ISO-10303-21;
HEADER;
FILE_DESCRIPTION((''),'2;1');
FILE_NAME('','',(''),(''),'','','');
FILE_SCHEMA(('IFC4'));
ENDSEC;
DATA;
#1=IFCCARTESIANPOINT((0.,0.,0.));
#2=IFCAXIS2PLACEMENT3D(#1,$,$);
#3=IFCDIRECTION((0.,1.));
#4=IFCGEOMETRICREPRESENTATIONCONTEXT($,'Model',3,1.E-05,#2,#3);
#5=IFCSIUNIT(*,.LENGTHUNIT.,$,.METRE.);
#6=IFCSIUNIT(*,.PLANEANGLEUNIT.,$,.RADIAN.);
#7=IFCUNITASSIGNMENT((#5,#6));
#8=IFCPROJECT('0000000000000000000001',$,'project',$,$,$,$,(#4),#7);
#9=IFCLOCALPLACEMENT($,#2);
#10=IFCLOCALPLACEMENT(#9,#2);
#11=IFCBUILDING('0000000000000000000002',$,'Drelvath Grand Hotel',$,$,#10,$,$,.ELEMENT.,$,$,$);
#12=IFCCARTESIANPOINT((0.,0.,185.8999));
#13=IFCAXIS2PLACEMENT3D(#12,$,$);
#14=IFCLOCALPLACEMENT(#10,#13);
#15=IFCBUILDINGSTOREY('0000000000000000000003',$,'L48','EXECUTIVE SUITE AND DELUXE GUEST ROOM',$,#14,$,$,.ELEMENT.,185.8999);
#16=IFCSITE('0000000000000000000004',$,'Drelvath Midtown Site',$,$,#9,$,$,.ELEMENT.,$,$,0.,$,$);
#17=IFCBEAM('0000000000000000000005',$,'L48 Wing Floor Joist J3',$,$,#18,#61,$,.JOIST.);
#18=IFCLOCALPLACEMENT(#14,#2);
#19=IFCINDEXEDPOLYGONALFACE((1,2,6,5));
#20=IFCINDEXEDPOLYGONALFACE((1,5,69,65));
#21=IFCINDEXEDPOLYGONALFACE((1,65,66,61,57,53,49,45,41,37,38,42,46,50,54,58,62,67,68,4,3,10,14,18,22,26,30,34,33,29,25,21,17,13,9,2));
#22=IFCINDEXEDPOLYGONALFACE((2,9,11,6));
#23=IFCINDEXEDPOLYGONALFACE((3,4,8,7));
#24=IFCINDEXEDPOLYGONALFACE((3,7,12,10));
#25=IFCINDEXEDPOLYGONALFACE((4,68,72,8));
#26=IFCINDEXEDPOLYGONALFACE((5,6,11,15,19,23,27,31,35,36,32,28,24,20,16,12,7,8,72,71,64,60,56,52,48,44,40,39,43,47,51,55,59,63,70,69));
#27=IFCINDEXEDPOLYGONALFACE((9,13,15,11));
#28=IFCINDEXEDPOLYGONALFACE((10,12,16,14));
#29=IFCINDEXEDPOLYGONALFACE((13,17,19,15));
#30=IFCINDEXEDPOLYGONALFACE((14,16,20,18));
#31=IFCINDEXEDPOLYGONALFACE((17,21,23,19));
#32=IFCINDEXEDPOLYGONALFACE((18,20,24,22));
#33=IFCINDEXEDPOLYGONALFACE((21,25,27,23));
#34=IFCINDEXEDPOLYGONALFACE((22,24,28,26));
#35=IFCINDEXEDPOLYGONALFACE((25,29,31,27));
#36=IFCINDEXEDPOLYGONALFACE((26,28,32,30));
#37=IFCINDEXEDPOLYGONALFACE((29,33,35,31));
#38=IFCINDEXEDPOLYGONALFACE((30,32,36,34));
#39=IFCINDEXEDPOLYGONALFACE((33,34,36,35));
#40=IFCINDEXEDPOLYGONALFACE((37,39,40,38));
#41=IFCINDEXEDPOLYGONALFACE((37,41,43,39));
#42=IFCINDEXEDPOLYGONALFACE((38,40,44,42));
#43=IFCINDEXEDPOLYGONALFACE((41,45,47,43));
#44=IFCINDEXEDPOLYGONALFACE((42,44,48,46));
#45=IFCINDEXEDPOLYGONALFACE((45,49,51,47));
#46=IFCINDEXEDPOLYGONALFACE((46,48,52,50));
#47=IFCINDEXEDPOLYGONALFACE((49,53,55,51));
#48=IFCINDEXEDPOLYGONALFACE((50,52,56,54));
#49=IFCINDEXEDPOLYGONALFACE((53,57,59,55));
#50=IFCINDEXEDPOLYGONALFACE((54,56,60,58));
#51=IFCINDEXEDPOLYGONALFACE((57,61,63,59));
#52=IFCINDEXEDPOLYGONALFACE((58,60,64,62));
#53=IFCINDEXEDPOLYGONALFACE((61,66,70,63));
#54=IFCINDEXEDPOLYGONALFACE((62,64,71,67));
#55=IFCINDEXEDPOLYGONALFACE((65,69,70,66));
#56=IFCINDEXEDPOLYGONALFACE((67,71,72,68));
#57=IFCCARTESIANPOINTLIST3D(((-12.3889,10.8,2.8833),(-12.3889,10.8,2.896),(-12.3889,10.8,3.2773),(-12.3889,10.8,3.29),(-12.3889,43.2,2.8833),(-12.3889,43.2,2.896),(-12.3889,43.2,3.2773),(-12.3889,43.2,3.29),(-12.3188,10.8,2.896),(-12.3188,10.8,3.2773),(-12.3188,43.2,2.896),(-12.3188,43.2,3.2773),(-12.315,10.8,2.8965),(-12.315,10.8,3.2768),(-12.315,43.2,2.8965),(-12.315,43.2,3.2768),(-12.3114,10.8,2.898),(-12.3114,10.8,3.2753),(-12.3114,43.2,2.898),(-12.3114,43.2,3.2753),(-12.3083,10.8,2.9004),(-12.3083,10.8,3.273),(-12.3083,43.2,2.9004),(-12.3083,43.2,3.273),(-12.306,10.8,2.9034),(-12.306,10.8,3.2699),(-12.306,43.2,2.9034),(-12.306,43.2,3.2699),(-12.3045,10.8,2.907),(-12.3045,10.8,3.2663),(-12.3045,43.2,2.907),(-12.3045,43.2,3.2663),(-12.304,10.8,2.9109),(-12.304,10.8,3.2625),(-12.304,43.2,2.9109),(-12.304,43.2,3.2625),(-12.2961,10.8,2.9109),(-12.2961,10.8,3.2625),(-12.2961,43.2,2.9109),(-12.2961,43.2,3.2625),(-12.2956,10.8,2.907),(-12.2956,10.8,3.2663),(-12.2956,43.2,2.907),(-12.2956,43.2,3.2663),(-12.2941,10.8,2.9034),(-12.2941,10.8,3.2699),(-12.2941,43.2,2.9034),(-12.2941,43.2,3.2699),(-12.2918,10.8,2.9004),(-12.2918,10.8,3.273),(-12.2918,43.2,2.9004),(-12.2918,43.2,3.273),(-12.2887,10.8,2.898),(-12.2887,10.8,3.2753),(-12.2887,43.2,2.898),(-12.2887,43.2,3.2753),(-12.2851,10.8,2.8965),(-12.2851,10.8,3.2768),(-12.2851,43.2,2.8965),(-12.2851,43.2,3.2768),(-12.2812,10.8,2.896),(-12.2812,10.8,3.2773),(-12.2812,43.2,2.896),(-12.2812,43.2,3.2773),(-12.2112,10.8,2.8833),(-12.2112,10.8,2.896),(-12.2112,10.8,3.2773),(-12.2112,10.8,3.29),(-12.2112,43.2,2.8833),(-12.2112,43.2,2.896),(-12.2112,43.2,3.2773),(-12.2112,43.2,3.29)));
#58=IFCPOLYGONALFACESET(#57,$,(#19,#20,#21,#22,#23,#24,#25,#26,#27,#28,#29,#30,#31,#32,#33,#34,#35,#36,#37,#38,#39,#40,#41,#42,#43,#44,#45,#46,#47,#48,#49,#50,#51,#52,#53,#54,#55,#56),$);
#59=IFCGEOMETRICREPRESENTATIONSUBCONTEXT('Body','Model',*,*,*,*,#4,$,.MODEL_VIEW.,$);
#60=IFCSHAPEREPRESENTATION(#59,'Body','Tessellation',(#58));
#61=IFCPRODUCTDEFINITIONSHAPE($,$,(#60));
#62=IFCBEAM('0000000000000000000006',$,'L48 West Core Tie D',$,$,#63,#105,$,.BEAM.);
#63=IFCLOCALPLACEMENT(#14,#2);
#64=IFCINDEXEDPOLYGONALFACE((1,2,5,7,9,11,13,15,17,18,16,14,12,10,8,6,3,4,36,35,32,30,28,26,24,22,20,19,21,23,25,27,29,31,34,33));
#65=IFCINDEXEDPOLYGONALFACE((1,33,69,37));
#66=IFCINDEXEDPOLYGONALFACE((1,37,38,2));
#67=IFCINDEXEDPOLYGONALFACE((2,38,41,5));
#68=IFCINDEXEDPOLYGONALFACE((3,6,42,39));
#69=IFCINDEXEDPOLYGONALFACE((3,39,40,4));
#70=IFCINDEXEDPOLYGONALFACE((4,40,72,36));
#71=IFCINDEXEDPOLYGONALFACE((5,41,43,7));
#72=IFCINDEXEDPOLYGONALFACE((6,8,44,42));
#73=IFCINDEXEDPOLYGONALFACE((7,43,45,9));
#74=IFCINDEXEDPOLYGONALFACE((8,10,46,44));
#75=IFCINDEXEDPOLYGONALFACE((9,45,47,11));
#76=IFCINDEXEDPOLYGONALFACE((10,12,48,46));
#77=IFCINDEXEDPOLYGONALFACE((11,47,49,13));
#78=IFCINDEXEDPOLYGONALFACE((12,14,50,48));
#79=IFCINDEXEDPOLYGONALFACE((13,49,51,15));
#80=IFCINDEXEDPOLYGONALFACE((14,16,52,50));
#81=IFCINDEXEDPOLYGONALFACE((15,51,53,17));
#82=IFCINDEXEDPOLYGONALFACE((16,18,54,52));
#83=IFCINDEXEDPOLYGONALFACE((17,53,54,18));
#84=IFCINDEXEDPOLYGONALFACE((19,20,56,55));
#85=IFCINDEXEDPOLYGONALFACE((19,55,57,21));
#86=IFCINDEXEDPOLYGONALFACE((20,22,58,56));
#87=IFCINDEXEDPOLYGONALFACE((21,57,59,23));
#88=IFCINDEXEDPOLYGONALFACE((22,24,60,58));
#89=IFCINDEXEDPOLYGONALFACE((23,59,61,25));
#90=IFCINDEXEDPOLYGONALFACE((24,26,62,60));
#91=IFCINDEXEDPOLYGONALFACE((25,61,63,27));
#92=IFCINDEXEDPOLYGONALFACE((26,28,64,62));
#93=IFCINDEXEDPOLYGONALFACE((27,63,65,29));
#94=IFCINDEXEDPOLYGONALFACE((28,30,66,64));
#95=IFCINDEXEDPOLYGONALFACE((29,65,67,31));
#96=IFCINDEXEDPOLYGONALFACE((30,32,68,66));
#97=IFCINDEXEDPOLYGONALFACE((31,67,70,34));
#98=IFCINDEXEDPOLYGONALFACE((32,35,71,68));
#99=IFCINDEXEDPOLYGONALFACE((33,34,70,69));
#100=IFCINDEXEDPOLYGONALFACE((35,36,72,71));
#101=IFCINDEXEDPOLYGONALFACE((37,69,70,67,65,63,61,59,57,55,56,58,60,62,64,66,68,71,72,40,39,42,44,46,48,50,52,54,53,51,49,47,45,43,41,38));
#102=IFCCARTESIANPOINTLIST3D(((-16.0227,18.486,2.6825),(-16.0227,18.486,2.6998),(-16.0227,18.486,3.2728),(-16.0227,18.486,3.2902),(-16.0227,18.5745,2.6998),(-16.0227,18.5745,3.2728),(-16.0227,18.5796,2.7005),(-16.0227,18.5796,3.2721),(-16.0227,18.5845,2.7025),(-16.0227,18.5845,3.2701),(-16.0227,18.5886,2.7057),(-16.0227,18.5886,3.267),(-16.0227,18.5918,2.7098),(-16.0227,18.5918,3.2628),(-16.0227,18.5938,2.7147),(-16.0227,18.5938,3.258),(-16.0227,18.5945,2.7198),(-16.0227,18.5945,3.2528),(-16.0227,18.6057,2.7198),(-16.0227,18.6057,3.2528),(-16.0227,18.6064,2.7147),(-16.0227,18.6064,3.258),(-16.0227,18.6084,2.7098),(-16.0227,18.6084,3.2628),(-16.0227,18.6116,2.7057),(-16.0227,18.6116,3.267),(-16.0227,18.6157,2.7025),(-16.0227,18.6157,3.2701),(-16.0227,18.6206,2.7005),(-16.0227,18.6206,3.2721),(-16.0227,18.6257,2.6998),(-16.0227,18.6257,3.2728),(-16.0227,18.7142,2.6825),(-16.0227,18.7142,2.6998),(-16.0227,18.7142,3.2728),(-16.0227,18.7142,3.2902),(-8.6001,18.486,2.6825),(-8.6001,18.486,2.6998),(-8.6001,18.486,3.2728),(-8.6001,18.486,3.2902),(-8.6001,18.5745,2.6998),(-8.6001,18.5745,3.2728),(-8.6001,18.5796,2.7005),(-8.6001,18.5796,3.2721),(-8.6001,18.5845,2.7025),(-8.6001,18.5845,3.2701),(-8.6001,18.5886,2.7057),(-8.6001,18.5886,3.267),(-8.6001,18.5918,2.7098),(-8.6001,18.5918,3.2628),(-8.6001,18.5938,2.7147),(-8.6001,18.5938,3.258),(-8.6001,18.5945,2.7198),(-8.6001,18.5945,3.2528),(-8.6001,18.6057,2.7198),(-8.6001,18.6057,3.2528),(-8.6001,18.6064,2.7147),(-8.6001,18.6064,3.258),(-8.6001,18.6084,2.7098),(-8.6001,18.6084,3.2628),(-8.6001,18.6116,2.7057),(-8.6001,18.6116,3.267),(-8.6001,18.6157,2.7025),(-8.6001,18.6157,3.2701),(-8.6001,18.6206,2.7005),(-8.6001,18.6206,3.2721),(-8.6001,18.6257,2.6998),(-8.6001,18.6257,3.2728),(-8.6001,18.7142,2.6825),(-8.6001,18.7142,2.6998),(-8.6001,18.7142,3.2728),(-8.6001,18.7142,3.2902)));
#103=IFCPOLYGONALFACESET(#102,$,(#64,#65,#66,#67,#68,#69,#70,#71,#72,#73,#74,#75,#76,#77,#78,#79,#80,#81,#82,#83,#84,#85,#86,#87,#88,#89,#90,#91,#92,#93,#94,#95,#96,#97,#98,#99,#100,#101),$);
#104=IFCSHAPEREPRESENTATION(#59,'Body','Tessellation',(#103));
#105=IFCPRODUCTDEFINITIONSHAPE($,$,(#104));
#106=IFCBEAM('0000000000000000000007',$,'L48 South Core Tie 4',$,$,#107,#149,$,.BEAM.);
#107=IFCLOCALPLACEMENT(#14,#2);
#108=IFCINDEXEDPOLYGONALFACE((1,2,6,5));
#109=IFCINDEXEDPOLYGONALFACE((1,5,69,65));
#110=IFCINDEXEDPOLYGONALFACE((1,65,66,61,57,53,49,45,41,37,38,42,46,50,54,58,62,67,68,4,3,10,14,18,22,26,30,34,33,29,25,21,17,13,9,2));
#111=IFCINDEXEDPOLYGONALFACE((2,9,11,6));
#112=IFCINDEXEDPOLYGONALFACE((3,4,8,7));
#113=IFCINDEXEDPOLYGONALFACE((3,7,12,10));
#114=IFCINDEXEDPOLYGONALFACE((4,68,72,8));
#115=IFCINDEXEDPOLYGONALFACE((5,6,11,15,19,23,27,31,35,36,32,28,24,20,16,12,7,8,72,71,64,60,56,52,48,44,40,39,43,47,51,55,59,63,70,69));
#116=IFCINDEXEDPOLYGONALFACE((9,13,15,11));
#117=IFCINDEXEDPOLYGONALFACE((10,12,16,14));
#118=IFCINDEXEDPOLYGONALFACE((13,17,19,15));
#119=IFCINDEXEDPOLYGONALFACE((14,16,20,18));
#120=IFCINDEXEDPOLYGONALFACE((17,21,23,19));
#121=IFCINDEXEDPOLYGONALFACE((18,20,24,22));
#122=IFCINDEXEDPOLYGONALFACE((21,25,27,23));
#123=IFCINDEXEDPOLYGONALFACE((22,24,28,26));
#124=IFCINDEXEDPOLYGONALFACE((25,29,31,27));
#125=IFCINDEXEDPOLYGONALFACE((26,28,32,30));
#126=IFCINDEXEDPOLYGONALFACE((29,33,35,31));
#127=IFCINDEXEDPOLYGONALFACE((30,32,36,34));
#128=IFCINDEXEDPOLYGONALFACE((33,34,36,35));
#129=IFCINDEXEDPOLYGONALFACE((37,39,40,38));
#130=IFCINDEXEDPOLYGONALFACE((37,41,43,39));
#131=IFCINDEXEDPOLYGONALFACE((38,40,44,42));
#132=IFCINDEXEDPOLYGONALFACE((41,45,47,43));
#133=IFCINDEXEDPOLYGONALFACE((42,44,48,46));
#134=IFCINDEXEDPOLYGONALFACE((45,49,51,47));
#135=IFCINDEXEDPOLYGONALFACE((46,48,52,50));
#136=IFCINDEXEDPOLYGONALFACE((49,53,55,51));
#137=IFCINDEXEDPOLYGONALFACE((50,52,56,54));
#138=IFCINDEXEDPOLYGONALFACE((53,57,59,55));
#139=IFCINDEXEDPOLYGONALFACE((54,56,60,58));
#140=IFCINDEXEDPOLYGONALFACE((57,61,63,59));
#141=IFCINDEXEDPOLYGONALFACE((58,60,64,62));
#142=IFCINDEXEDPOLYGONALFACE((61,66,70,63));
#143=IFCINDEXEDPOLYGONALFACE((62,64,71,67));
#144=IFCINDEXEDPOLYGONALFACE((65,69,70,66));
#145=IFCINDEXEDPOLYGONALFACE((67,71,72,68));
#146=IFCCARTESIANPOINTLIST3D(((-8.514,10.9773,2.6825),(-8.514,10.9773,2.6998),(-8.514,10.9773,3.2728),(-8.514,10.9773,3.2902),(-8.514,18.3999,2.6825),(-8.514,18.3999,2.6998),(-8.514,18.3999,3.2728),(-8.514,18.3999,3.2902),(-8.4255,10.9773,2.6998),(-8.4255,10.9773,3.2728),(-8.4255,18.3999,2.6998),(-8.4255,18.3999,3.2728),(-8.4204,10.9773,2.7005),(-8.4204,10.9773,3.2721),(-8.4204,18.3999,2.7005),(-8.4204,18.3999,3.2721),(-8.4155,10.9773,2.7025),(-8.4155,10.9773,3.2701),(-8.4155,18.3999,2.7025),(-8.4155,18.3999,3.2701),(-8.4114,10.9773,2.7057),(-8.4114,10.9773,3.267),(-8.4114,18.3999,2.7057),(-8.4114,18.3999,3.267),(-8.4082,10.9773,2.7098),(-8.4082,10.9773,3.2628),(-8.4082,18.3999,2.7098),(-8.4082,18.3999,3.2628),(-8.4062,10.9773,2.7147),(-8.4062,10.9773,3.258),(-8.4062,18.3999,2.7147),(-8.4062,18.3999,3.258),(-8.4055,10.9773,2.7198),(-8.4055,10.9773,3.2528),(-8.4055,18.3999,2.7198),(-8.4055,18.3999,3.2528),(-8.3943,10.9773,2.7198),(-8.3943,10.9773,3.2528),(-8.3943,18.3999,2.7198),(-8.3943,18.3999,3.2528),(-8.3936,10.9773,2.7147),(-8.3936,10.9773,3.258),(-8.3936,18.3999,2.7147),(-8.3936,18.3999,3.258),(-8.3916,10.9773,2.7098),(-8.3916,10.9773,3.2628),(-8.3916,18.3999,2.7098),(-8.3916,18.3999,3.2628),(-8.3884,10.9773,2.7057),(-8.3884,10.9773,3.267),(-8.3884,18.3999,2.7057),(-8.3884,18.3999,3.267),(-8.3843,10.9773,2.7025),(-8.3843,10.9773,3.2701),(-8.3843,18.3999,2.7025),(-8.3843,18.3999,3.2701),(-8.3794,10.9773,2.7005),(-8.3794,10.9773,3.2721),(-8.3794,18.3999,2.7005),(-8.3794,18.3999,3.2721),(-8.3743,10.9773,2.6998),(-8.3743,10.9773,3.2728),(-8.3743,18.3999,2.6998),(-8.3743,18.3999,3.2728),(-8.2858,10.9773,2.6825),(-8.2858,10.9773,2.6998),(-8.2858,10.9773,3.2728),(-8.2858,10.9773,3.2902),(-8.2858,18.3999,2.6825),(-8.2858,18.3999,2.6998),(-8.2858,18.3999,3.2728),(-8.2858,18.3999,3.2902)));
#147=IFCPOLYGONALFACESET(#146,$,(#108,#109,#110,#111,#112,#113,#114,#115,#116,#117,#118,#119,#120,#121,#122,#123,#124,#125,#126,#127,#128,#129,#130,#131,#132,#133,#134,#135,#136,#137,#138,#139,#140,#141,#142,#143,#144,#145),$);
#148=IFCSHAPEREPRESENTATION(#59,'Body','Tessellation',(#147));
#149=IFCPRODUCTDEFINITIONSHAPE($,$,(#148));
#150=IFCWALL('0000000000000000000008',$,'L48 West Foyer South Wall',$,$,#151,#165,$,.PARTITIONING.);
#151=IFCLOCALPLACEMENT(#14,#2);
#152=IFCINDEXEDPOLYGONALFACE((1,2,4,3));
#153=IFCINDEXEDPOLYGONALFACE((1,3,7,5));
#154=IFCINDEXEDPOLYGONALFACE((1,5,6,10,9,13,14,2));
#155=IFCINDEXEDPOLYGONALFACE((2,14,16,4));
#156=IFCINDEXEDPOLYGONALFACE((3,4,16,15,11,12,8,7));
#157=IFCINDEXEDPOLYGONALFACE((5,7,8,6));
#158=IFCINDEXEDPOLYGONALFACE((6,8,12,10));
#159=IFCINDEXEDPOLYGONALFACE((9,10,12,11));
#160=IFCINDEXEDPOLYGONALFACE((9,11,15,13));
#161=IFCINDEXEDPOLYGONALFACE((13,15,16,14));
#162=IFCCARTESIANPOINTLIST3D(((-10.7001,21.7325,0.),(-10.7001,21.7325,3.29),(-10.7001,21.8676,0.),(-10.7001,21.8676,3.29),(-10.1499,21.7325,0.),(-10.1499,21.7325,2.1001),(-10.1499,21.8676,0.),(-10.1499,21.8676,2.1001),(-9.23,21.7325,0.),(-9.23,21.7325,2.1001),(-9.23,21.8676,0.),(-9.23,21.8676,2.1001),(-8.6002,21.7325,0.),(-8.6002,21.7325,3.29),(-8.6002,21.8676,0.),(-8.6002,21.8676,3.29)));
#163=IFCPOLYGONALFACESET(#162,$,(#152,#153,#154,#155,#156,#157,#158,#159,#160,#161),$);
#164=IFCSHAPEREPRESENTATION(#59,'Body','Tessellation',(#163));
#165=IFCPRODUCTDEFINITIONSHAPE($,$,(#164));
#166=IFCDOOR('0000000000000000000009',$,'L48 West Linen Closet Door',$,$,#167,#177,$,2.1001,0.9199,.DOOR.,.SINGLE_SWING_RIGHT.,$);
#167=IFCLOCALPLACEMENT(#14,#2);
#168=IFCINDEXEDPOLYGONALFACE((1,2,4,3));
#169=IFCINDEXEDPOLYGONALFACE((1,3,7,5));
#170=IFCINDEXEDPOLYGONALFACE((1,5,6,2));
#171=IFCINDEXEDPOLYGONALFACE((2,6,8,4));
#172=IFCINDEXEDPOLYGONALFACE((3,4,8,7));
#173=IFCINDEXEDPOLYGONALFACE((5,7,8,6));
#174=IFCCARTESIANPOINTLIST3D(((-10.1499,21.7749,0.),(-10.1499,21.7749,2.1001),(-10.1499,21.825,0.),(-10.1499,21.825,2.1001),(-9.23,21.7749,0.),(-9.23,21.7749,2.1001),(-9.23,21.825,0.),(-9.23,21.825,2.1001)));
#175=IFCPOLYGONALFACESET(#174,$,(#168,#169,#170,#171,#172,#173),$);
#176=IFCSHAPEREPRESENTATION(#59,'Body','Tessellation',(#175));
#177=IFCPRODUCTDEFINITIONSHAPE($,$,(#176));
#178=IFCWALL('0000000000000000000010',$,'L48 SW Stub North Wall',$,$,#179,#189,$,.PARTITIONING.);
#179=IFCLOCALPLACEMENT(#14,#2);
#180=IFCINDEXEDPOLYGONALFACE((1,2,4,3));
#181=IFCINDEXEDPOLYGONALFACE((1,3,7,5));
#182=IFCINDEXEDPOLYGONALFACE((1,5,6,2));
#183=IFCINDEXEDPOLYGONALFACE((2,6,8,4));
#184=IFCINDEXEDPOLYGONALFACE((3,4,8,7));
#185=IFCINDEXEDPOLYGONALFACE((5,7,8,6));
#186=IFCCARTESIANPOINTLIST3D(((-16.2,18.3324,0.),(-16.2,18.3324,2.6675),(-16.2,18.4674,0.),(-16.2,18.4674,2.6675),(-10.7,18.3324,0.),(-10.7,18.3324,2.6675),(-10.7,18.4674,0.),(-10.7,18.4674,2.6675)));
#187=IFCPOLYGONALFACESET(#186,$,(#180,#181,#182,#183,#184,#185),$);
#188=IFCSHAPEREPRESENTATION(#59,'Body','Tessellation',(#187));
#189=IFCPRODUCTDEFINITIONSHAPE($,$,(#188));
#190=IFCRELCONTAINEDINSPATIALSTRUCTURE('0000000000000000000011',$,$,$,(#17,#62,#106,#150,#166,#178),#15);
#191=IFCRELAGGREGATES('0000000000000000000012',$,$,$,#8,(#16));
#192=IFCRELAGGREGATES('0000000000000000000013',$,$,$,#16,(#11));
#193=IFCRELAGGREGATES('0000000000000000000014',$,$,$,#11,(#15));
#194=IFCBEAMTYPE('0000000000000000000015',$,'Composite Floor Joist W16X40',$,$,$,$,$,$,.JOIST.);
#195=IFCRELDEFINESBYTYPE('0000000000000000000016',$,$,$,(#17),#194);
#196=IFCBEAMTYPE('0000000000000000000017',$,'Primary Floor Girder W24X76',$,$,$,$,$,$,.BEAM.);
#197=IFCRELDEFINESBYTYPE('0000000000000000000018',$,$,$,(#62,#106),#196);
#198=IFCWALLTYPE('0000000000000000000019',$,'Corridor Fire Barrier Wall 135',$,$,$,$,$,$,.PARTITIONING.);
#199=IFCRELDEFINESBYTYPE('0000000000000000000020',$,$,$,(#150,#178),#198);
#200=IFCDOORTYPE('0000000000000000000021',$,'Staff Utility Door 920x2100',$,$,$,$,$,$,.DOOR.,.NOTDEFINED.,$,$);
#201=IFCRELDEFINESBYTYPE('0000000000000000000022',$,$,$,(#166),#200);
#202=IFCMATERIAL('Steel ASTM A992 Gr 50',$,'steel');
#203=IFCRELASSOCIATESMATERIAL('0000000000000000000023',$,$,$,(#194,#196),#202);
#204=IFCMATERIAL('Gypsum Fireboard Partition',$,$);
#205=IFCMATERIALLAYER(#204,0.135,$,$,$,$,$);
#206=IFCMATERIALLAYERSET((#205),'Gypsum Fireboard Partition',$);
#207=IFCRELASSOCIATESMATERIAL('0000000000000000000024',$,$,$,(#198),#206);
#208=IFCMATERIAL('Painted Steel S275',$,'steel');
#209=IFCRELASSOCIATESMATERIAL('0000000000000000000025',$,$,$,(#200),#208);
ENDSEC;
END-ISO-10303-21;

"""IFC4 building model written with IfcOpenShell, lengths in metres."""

from ifc_helpers import new_model, si_unit, direction, frame, frame_2d, origin, origin_2d, place, context, subcontext, project, spatial, rectangle, i_section, extrude, material, layer, layer_set, material_profile, profile_set, type_object, element, fill, save


model = new_model("IFC4")

# Units and contexts
model_context = context("Model", 3, precision=1e-05, world=origin(), true_north=direction((0.0, 1.0)))
body_context = subcontext(model_context, "Body", "Model", "MODEL_VIEW")
ifc_project = project(units=[si_unit("LENGTHUNIT", "METRE"), si_unit("PLANEANGLEUNIT", "RADIAN")], contexts=[model_context])

# Site, building, storey
site_placement = place(None, origin())
site = spatial("IfcSite", under=ifc_project, at=site_placement, Name="Drelvath Midtown Site", CompositionType="ELEMENT", RefElevation=0.0)
building_placement = place(site_placement, origin())
building = spatial("IfcBuilding", under=site, at=building_placement, Name="Drelvath Grand Hotel", CompositionType="ELEMENT")
storey_placement = place(building_placement, frame((0.0, 0.0, 185.8999)))
storey = spatial("IfcBuildingStorey", under=building, at=storey_placement, Name="L48", Description="EXECUTIVE SUITE AND DELUXE GUEST ROOM", CompositionType="ELEMENT", Elevation=185.8999)

# Beams
ifc_material_1 = material(Name="Steel ASTM A992 Gr 50", Category="steel")
ifc_material_profile_1 = material_profile(ifc_material_1, i_section(OverallWidth=0.1777, OverallDepth=0.4067, WebThickness=0.0078, FlangeThickness=0.0127, FilletRadius=0.0149, at=origin_2d()), Name="W16X40")
ifc_profile_set_1 = profile_set([ifc_material_profile_1], Name="Steel ASTM A992 Gr 50")
beam_type_1 = type_object("IfcBeamType", Name="Composite Floor Joist W16X40", PredefinedType="JOIST", material=ifc_profile_set_1)
beam_placement = place(storey_placement, frame((-12.3, 10.8, 3.0867), z_axis=(0.0, 1.0, 0.0), x_axis=(-1.0, 0.0, 0.0)))
element("IfcBeam", 1, at=beam_placement, inside=storey, type_object=beam_type_1, Name="L48 Wing Floor Joist J3", PredefinedType="JOIST", context=body_context, shape_type="SweptSolid", body=[
    extrude(i_section(OverallWidth=0.1777, OverallDepth=0.4067, WebThickness=0.0078, FlangeThickness=0.0127, FilletRadius=0.0149, at=origin_2d()), origin(), (0.0, 0.0, 1.0), 32.3999),
])
ifc_material_profile_2 = material_profile(ifc_material_1, i_section(OverallWidth=0.2283, OverallDepth=0.6077, WebThickness=0.0112, FlangeThickness=0.0173, FilletRadius=0.02, at=origin_2d()), Name="W24X76")
ifc_profile_set_2 = profile_set([ifc_material_profile_2], Name="Steel ASTM A992 Gr 50")
beam_type_2 = type_object("IfcBeamType", Name="Primary Floor Girder W24X76", PredefinedType="BEAM", material=ifc_profile_set_2)
for number, where, z_axis, x_axis, name in (
    (2, (-16.0227, 18.6001, 2.9863), (1.0, 0.0, 0.0), (0.0, 1.0, 0.0), "L48 West Core Tie D"),
    (3, (-8.3999, 10.9773, 2.9863), (0.0, 1.0, 0.0), (-1.0, 0.0, 0.0), "L48 South Core Tie 4"),
):
    element("IfcBeam", number, at=place(storey_placement, frame(where, z_axis=z_axis, x_axis=x_axis)), inside=storey, type_object=beam_type_2, Name=name, PredefinedType="BEAM", context=body_context, shape_type="SweptSolid", body=[
        extrude(i_section(OverallWidth=0.2283, OverallDepth=0.6077, WebThickness=0.0112, FlangeThickness=0.0173, FilletRadius=0.02, at=origin_2d()), origin(), (0.0, 0.0, 1.0), 7.4226),
    ])

# Wall, opening, door
ifc_material_2 = material(Name="Gypsum Fireboard Partition")
ifc_layer_1 = layer(ifc_material_2, 0.135)
ifc_layer_set_1 = layer_set([ifc_layer_1], Name="Gypsum Fireboard Partition")
wall_type_1 = type_object("IfcWallType", Name="Corridor Fire Barrier Wall 135", PredefinedType="PARTITIONING", material=ifc_layer_set_1)
wall_1_placement = place(storey_placement, frame((-10.7, 21.8, 0.0), z_axis=(0.0, 0.0, 1.0), x_axis=(1.0, 0.0, 0.0)))
wall_1 = element("IfcWall", 4, at=wall_1_placement, inside=storey, type_object=wall_type_1, Name="L48 West Foyer South Wall", PredefinedType="PARTITIONING", context=body_context, shape_type="SweptSolid", body=[
    extrude(rectangle(XDim=2.0999, YDim=0.135, at=frame_2d((1.0498, 0.0))), origin(), (0.0, 0.0, 1.0), 3.29),
])
opening_1_placement = place(wall_1_placement, frame((0.55, 0.0, 0.0)))
opening_1 = element("IfcOpeningElement", 5, at=opening_1_placement, cuts=wall_1, PredefinedType="OPENING", context=body_context, shape_type="SweptSolid", body=[
    extrude(rectangle(XDim=0.9199, YDim=2.1001, at=frame_2d((0.46, 1.05))), frame((0.0, 0.0774, 0.0), z_axis=(0.0, -1.0, 0.0), x_axis=(1.0, 0.0, 0.0)), (0.0, 0.0, 1.0), 0.155),
])
ifc_material_3 = material(Name="Painted Steel S275", Category="steel")
door_type_1 = type_object("IfcDoorType", Name="Staff Utility Door 920x2100", OperationType="NOTDEFINED", PredefinedType="DOOR", material=ifc_material_3)
door_1_placement = place(opening_1_placement, origin())
door_1 = element("IfcDoor", 6, at=door_1_placement, inside=storey, type_object=door_type_1, Name="L48 West Linen Closet Door", OperationType="SINGLE_SWING_RIGHT", OverallHeight=2.1001, OverallWidth=0.9199, PredefinedType="DOOR", context=body_context, shape_type="SweptSolid", body=[
    extrude(rectangle(XDim=0.9199, YDim=2.1001, at=frame_2d((0.46, 1.05))), frame((0.0, 0.0249, 0.0), z_axis=(0.0, -1.0, 0.0), x_axis=(1.0, 0.0, 0.0)), (0.0, 0.0, 1.0), 0.05),
])
fill(opening_1, door_1)

# Wall
wall_2_placement = place(storey_placement, frame((-16.2, 18.3999, 0.0), z_axis=(0.0, 0.0, 1.0), x_axis=(1.0, 0.0, 0.0)))
element("IfcWall", 7, at=wall_2_placement, inside=storey, type_object=wall_type_1, Name="L48 SW Stub North Wall", PredefinedType="PARTITIONING", context=body_context, shape_type="SweptSolid", body=[
    extrude(rectangle(XDim=5.5, YDim=0.135, at=frame_2d((2.75, 0.0))), origin(), (0.0, 0.0, 1.0), 2.6675),
])

save(model, "model.ifc")
